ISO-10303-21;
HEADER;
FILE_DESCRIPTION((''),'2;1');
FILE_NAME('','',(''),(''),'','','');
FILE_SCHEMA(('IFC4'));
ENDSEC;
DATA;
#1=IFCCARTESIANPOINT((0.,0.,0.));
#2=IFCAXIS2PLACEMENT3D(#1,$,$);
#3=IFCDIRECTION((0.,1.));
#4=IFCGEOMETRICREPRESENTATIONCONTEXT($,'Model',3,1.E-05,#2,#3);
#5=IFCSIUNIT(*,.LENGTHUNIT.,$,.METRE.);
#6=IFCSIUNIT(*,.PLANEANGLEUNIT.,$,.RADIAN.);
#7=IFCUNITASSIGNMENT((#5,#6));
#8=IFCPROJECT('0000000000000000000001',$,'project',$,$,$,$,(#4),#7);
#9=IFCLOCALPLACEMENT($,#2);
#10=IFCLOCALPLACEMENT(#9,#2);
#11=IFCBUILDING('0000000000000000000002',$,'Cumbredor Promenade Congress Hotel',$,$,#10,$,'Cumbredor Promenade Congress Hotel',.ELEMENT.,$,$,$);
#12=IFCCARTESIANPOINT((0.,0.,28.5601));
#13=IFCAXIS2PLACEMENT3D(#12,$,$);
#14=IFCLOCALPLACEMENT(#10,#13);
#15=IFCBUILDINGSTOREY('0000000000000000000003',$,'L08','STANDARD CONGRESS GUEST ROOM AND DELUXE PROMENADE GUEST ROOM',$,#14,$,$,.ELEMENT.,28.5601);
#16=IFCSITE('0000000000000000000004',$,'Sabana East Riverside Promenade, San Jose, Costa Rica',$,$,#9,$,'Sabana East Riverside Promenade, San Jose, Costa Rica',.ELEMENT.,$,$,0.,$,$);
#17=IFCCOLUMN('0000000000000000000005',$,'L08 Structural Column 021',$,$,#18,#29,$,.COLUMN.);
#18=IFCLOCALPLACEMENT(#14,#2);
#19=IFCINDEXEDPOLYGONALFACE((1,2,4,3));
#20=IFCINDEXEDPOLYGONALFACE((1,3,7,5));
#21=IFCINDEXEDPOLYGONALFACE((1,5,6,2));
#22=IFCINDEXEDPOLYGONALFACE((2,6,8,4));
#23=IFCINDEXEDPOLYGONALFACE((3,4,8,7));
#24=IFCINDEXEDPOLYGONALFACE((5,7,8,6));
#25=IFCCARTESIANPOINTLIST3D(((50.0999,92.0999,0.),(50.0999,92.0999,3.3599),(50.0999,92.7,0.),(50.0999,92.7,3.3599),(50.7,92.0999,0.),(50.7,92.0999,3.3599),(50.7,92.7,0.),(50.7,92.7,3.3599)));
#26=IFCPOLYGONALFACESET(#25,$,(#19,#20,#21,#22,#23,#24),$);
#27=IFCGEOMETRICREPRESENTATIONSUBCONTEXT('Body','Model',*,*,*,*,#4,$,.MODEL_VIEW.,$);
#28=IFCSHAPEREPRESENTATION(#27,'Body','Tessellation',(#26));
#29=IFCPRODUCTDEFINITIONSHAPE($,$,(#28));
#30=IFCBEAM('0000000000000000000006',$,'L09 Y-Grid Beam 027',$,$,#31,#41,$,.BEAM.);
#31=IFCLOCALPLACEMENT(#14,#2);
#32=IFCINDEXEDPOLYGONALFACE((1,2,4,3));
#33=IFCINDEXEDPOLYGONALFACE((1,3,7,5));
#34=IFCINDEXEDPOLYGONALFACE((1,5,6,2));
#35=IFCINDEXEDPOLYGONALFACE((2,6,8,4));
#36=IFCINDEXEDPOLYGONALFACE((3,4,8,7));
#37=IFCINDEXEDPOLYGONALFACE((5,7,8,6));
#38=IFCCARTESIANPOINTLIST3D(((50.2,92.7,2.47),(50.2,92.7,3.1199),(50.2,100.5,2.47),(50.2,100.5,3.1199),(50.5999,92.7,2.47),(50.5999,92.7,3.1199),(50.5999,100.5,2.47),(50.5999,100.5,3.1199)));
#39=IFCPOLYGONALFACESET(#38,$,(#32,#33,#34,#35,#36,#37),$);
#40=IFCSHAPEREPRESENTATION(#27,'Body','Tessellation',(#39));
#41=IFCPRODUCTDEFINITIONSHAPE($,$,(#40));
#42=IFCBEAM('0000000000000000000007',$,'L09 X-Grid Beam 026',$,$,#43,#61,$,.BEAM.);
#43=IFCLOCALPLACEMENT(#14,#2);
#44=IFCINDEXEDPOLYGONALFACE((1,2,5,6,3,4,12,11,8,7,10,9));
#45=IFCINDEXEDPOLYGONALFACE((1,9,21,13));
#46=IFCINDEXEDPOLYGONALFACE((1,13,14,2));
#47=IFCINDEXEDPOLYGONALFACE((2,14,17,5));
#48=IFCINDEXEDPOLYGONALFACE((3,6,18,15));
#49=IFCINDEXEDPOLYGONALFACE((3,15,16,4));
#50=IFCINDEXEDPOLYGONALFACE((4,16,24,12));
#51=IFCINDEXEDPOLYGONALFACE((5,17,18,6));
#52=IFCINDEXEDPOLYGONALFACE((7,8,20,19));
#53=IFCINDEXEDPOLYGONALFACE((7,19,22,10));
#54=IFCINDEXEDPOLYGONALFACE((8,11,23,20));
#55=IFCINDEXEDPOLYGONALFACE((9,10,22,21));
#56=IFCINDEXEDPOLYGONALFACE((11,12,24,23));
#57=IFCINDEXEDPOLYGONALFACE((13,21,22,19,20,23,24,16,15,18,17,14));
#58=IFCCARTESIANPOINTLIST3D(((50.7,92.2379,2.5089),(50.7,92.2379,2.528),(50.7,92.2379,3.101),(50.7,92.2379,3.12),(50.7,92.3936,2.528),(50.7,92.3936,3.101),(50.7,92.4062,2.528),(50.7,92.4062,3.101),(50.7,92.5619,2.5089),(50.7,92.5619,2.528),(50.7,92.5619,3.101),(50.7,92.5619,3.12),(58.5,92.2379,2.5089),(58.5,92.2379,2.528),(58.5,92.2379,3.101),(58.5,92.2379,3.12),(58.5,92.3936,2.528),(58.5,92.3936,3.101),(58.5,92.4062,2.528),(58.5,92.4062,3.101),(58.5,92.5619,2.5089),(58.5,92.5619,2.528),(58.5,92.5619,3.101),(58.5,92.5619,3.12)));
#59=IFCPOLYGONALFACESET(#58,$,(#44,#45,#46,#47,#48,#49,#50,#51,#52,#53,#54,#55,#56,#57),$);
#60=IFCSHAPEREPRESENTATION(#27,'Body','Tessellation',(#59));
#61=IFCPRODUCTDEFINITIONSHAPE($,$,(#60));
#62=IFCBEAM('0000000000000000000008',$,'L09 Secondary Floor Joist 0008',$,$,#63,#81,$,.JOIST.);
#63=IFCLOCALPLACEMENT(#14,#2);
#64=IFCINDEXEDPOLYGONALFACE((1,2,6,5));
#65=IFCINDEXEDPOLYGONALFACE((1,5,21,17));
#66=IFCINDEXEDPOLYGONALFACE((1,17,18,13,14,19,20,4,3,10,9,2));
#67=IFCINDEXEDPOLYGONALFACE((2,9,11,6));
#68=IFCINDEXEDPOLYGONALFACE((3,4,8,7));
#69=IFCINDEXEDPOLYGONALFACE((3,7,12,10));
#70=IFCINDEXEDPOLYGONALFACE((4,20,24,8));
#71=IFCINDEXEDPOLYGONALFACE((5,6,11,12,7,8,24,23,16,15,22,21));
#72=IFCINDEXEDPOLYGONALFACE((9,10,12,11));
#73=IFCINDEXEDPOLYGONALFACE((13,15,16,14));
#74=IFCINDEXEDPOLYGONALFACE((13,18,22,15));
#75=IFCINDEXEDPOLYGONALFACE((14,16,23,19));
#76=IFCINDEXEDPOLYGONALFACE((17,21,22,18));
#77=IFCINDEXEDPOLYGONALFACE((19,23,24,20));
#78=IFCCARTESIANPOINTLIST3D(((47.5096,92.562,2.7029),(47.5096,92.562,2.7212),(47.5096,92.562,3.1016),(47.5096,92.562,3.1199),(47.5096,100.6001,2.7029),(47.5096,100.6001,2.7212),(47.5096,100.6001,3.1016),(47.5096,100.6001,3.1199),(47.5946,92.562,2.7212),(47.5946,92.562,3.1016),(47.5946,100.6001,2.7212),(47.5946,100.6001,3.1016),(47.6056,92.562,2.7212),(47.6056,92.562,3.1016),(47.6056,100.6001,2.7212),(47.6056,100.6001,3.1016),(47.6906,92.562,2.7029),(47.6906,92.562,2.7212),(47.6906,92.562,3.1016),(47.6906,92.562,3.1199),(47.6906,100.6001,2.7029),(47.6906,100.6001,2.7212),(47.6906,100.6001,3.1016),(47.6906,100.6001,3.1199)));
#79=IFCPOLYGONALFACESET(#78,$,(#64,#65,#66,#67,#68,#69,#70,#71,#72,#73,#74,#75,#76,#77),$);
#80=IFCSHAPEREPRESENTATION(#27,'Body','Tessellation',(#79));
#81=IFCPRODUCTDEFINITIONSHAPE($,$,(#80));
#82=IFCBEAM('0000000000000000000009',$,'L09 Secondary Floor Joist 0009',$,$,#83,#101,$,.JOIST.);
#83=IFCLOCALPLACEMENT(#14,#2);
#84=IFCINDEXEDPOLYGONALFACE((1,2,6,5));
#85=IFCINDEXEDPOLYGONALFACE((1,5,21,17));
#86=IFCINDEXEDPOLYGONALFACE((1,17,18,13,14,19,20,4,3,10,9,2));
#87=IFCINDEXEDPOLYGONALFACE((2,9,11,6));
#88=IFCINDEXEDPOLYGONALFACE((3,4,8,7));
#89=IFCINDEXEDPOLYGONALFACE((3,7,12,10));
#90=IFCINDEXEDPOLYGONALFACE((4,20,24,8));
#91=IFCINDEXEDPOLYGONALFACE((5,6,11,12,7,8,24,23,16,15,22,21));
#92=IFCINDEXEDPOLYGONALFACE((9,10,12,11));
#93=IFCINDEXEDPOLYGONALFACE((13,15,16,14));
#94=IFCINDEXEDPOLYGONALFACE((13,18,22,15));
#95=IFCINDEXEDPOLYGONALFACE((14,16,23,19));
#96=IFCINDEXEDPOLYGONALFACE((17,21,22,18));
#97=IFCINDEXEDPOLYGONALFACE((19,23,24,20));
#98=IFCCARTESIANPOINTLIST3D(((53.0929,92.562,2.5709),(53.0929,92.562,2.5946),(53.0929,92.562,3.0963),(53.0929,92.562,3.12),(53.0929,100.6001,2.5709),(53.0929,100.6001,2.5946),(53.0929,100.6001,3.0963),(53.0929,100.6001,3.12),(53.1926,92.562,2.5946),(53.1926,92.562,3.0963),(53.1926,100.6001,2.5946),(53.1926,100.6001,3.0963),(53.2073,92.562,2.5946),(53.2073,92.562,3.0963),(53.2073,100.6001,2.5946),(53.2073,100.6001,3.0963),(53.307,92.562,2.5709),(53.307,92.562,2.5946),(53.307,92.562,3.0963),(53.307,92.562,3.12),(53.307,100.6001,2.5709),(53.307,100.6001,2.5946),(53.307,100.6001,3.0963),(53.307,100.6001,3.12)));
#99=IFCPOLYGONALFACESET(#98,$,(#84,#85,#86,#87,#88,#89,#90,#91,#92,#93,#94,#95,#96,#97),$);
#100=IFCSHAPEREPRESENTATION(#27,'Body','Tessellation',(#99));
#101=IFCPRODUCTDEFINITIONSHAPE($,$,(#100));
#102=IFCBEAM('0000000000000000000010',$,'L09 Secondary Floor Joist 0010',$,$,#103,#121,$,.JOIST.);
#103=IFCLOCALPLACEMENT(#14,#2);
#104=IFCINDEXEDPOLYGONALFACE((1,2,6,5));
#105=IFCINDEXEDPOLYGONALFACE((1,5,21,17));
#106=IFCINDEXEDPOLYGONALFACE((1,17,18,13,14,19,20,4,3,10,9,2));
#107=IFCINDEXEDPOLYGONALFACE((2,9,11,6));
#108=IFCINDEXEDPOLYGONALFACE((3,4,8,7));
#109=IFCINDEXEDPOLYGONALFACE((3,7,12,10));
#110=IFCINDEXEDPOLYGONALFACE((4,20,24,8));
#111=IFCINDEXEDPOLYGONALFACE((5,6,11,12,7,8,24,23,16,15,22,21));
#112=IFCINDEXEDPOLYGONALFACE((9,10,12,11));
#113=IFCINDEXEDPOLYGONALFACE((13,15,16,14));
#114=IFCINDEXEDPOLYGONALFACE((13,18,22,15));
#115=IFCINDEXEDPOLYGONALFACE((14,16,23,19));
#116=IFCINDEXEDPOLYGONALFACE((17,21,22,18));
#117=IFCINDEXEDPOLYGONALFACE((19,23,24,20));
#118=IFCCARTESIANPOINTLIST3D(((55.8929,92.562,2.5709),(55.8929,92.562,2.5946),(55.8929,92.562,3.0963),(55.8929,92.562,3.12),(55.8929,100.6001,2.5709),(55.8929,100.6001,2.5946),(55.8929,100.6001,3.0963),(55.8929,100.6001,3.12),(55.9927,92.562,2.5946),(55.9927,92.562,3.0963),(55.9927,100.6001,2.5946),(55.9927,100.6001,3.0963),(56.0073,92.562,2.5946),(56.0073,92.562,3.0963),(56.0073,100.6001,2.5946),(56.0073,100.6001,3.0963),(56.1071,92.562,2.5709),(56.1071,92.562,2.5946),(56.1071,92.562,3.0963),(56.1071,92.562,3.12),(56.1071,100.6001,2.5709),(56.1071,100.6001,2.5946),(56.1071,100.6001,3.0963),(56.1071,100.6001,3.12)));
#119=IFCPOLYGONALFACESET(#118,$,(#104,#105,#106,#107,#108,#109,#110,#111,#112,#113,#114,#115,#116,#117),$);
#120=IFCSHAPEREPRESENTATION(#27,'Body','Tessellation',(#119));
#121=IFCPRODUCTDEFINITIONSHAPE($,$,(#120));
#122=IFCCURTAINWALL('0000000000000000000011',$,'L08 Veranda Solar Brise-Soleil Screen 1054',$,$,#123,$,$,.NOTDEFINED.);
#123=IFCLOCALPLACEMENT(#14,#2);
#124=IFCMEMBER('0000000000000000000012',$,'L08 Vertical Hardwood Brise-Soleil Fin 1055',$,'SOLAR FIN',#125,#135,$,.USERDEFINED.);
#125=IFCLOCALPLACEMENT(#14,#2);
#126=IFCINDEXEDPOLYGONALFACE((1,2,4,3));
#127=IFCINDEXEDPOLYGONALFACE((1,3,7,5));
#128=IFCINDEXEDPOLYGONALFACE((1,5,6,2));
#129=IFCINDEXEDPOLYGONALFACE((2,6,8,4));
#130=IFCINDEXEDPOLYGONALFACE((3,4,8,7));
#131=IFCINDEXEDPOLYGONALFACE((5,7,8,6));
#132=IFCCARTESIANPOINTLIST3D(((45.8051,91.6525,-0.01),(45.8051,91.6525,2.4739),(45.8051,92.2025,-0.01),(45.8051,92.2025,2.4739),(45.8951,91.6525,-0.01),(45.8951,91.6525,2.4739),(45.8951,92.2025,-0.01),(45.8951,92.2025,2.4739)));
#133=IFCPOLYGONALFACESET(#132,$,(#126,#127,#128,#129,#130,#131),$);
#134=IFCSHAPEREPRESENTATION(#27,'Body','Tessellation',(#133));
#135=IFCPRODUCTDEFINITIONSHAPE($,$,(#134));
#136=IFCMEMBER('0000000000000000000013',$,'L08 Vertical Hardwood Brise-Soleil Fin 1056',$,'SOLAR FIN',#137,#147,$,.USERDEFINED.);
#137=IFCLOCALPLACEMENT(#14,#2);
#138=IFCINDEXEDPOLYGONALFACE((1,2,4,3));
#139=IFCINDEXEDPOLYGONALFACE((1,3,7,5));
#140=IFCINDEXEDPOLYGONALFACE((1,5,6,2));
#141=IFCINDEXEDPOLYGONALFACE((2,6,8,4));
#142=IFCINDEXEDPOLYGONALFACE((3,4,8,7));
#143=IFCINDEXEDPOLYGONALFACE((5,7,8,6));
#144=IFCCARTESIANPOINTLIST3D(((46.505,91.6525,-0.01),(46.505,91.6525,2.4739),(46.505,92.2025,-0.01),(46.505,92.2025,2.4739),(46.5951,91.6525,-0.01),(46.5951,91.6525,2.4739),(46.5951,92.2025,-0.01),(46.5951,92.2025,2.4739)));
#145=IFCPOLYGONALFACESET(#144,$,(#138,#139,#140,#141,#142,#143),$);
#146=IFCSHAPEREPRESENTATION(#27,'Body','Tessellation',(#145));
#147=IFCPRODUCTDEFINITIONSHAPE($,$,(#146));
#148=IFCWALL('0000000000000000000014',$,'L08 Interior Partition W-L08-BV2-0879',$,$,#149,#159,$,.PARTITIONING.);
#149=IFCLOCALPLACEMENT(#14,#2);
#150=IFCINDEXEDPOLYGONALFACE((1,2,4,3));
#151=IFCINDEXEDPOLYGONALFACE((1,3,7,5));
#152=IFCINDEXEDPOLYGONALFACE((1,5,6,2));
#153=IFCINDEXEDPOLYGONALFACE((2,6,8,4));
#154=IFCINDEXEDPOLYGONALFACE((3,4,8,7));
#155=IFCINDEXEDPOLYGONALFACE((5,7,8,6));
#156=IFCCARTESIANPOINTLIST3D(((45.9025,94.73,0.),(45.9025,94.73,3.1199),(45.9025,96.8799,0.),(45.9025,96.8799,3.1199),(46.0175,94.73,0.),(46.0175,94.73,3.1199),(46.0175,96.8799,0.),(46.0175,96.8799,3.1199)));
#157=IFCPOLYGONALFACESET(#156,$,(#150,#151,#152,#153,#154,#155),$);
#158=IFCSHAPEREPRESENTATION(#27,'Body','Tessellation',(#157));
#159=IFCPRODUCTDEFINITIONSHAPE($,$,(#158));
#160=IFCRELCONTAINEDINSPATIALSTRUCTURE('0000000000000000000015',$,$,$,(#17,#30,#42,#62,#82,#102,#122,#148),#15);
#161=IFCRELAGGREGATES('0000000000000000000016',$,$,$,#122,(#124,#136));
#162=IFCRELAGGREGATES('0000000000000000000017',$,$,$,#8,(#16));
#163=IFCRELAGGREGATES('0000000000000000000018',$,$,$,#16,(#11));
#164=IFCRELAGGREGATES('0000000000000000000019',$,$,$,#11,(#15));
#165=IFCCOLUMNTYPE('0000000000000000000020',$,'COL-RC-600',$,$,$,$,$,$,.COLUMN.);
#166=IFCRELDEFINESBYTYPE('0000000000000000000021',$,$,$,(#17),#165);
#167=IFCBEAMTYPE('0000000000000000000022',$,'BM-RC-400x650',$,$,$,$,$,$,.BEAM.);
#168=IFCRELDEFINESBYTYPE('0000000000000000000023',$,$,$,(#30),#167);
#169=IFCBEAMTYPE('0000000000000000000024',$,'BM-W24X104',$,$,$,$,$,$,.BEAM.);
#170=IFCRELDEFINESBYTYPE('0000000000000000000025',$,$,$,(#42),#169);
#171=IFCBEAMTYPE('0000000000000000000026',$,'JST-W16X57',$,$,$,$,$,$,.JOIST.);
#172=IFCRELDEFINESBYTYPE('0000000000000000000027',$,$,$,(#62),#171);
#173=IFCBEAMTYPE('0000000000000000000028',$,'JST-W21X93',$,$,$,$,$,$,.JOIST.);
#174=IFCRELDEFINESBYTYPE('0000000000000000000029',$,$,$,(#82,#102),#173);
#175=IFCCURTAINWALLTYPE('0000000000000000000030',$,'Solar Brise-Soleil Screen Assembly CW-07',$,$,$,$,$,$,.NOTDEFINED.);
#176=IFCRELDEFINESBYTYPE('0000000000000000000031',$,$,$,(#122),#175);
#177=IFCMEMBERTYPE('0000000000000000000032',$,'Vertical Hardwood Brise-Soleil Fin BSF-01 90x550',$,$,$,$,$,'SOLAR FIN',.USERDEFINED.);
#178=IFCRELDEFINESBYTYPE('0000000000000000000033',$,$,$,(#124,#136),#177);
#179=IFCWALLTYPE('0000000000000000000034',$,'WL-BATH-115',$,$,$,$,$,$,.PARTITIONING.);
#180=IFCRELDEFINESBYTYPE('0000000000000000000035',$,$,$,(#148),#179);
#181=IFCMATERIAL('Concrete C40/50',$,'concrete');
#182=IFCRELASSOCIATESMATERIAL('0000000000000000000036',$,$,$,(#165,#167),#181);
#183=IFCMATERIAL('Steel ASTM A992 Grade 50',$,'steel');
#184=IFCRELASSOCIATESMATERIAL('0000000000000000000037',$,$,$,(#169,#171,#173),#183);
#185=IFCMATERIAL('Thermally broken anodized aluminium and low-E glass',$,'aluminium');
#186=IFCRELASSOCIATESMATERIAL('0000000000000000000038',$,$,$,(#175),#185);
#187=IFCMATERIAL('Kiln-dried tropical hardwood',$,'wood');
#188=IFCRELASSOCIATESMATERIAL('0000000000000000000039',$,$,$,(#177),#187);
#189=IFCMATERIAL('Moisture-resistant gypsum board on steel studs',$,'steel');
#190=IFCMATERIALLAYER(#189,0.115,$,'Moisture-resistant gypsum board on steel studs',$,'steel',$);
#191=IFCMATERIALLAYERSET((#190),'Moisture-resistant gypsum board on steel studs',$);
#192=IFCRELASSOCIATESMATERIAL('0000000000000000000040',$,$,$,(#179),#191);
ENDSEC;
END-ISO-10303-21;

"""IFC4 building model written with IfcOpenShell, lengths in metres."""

from ifc_helpers import new_model, si_unit, direction, frame, frame_2d, origin, origin_2d, place, context, subcontext, project, spatial, rectangle, i_section, extrude, material, layer, layer_set, material_profile, profile_set, type_object, element, aggregate, save


model = new_model("IFC4")

# Units and contexts
model_context = context("Model", 3, precision=1e-05, world=origin(), true_north=direction((0.0, 1.0)))
body_context = subcontext(model_context, "Body", "Model", "MODEL_VIEW")
ifc_project = project(units=[si_unit("LENGTHUNIT", "METRE"), si_unit("PLANEANGLEUNIT", "RADIAN")], contexts=[model_context])

# Site, building, storey
site_placement = place(None, origin())
site = spatial("IfcSite", under=ifc_project, at=site_placement, Name="Sabana East Riverside Promenade, San Jose, Costa Rica", LongName="Sabana East Riverside Promenade, San Jose, Costa Rica", CompositionType="ELEMENT", RefElevation=0.0)
building_placement = place(site_placement, origin())
building = spatial("IfcBuilding", under=site, at=building_placement, Name="Cumbredor Promenade Congress Hotel", LongName="Cumbredor Promenade Congress Hotel", CompositionType="ELEMENT")
storey_placement = place(building_placement, frame((0.0, 0.0, 28.5601)))
storey = spatial("IfcBuildingStorey", under=building, at=storey_placement, Name="L08", Description="STANDARD CONGRESS GUEST ROOM AND DELUXE PROMENADE GUEST ROOM", CompositionType="ELEMENT", Elevation=28.5601)

# Column
ifc_material_1 = material(Name="Concrete C40/50", Category="concrete")
ifc_material_profile_1 = material_profile(ifc_material_1, rectangle(XDim=0.6001, YDim=0.6001, at=origin_2d()), Name="RC 600x600")
ifc_profile_set_1 = profile_set([ifc_material_profile_1], Name="Concrete C40/50")
column_type = type_object("IfcColumnType", Name="COL-RC-600", PredefinedType="COLUMN", material=ifc_profile_set_1)
column_placement = place(storey_placement, frame((50.3999, 92.3999, 0.0), z_axis=(0.0, 0.0, 1.0), x_axis=(1.0, 0.0, 0.0)))
element("IfcColumn", 1, at=column_placement, inside=storey, type_object=column_type, Name="L08 Structural Column 021", PredefinedType="COLUMN", context=body_context, shape_type="SweptSolid", body=[
    extrude(rectangle(XDim=0.6001, YDim=0.6001, at=origin_2d()), origin(), (0.0, 0.0, 1.0), 3.3599),
])

# Beams
ifc_material_profile_2 = material_profile(ifc_material_1, rectangle(XDim=0.3999, YDim=0.6499, at=origin_2d()), Name="RC BEAM 400x650")
ifc_profile_set_2 = profile_set([ifc_material_profile_2], Name="Concrete C40/50")
beam_type_1 = type_object("IfcBeamType", Name="BM-RC-400x650", PredefinedType="BEAM", material=ifc_profile_set_2)
beam_1_placement = place(storey_placement, frame((50.3999, 92.7, 2.7949), z_axis=(0.0, 1.0, 0.0), x_axis=(-1.0, 0.0, 0.0)))
element("IfcBeam", 2, at=beam_1_placement, inside=storey, type_object=beam_type_1, Name="L09 Y-Grid Beam 027", PredefinedType="BEAM", context=body_context, shape_type="SweptSolid", body=[
    extrude(rectangle(XDim=0.3999, YDim=0.6499, at=origin_2d()), origin(), (0.0, 0.0, 1.0), 7.8),
])
ifc_material_2 = material(Name="Steel ASTM A992 Grade 50", Category="steel")
ifc_material_profile_3 = material_profile(ifc_material_2, i_section(OverallWidth=0.324, OverallDepth=0.6111, WebThickness=0.0127, FlangeThickness=0.019, at=origin_2d()), Name="W24X104")
ifc_profile_set_3 = profile_set([ifc_material_profile_3], Name="Steel ASTM A992 Grade 50")
beam_type_2 = type_object("IfcBeamType", Name="BM-W24X104", PredefinedType="BEAM", material=ifc_profile_set_3)
beam_2_placement = place(storey_placement, frame((50.7, 92.3999, 2.8145), z_axis=(1.0, 0.0, 0.0), x_axis=(0.0, 1.0, 0.0)))
element("IfcBeam", 3, at=beam_2_placement, inside=storey, type_object=beam_type_2, Name="L09 X-Grid Beam 026", PredefinedType="BEAM", context=body_context, shape_type="SweptSolid", body=[
    extrude(i_section(OverallWidth=0.324, OverallDepth=0.6111, WebThickness=0.0127, FlangeThickness=0.019, at=origin_2d()), origin(), (0.0, 0.0, 1.0), 7.8),
])
ifc_material_profile_4 = material_profile(ifc_material_2, i_section(OverallWidth=0.1809, OverallDepth=0.417, WebThickness=0.011, FlangeThickness=0.0183, at=origin_2d()), Name="W16X57")
ifc_profile_set_4 = profile_set([ifc_material_profile_4], Name="Steel ASTM A992 Grade 50")
beam_type_3 = type_object("IfcBeamType", Name="JST-W16X57", PredefinedType="JOIST", material=ifc_profile_set_4)
beam_3_placement = place(storey_placement, frame((47.6001, 92.562, 2.9114), z_axis=(0.0, 1.0, 0.0), x_axis=(-1.0, 0.0, 0.0)))
element("IfcBeam", 4, at=beam_3_placement, inside=storey, type_object=beam_type_3, Name="L09 Secondary Floor Joist 0008", PredefinedType="JOIST", context=body_context, shape_type="SweptSolid", body=[
    extrude(i_section(OverallWidth=0.1809, OverallDepth=0.417, WebThickness=0.011, FlangeThickness=0.0183, at=origin_2d()), origin(), (0.0, 0.0, 1.0), 8.0381),
])
ifc_material_profile_5 = material_profile(ifc_material_2, i_section(OverallWidth=0.2141, OverallDepth=0.5491, WebThickness=0.0146, FlangeThickness=0.0237, at=origin_2d()), Name="W21X93")
ifc_profile_set_5 = profile_set([ifc_material_profile_5], Name="Steel ASTM A992 Grade 50")
beam_type_4 = type_object("IfcBeamType", Name="JST-W21X93", PredefinedType="JOIST", material=ifc_profile_set_5)
for number, where, z_axis, x_axis, name in (
    (5, (53.2, 92.562, 2.8455), (0.0, 1.0, 0.0), (-1.0, 0.0, 0.0), "L09 Secondary Floor Joist 0009"),
    (6, (56.0, 92.562, 2.8455), (0.0, 1.0, 0.0), (-1.0, 0.0, 0.0), "L09 Secondary Floor Joist 0010"),
):
    element("IfcBeam", number, at=place(storey_placement, frame(where, z_axis=z_axis, x_axis=x_axis)), inside=storey, type_object=beam_type_4, Name=name, PredefinedType="JOIST", context=body_context, shape_type="SweptSolid", body=[
        extrude(i_section(OverallWidth=0.2141, OverallDepth=0.5491, WebThickness=0.0146, FlangeThickness=0.0237, at=origin_2d()), origin(), (0.0, 0.0, 1.0), 8.0381),
    ])

# Curtain wall, members
ifc_material_3 = material(Name="Thermally broken anodized aluminium and low-E glass", Category="aluminium")
curtain_wall_type = type_object("IfcCurtainWallType", Name="Solar Brise-Soleil Screen Assembly CW-07", PredefinedType="NOTDEFINED", material=ifc_material_3)
curtain_wall_placement = place(storey_placement, origin())
curtain_wall = element("IfcCurtainWall", 7, at=curtain_wall_placement, inside=storey, type_object=curtain_wall_type, Name="L08 Veranda Solar Brise-Soleil Screen 1054", PredefinedType="NOTDEFINED")
ifc_material_4 = material(Name="Kiln-dried tropical hardwood", Category="wood")
ifc_material_profile_6 = material_profile(ifc_material_4, rectangle(XDim=0.0901, YDim=0.55, at=origin_2d()), Name="ARCH FIN 90x550")
ifc_profile_set_6 = profile_set([ifc_material_profile_6], Name="Kiln-dried tropical hardwood")
member_type = type_object("IfcMemberType", Name="Vertical Hardwood Brise-Soleil Fin BSF-01 90x550", ElementType="SOLAR FIN", PredefinedType="USERDEFINED", material=ifc_profile_set_6)
member_1_placement = place(storey_placement, frame((45.8501, 91.9275, -0.01), z_axis=(0.0, 0.0, 1.0), x_axis=(1.0, 0.0, 0.0)))
member_1 = element("IfcMember", 8, at=member_1_placement, type_object=member_type, Name="L08 Vertical Hardwood Brise-Soleil Fin 1055", ObjectType="SOLAR FIN", PredefinedType="USERDEFINED", context=body_context, shape_type="SweptSolid", body=[
    extrude(rectangle(XDim=0.0901, YDim=0.55, at=origin_2d()), origin(), (0.0, 0.0, 1.0), 2.4839),
])
member_2_placement = place(storey_placement, frame((46.55, 91.9275, -0.01), z_axis=(0.0, 0.0, 1.0), x_axis=(1.0, 0.0, 0.0)))
member_2 = element("IfcMember", 9, at=member_2_placement, type_object=member_type, Name="L08 Vertical Hardwood Brise-Soleil Fin 1056", ObjectType="SOLAR FIN", PredefinedType="USERDEFINED", context=body_context, shape_type="SweptSolid", body=[
    extrude(rectangle(XDim=0.0901, YDim=0.55, at=origin_2d()), origin(), (0.0, 0.0, 1.0), 2.4839),
])
aggregate(curtain_wall, [member_1, member_2])

# Wall
ifc_material_5 = material(Name="Moisture-resistant gypsum board on steel studs", Category="steel")
ifc_layer_1 = layer(ifc_material_5, 0.115, Name="Moisture-resistant gypsum board on steel studs", Category="steel")
ifc_layer_set_1 = layer_set([ifc_layer_1], Name="Moisture-resistant gypsum board on steel studs")
wall_type_1 = type_object("IfcWallType", Name="WL-BATH-115", PredefinedType="PARTITIONING", material=ifc_layer_set_1)
wall_1_placement = place(storey_placement, frame((45.96, 94.73, 0.0), z_axis=(0.0, 0.0, 1.0), x_axis=(0.0, 1.0, 0.0)))
element("IfcWall", 10, at=wall_1_placement, inside=storey, type_object=wall_type_1, Name="L08 Interior Partition W-L08-BV2-0879", PredefinedType="PARTITIONING", context=body_context, shape_type="SweptSolid", body=[
    extrude(rectangle(XDim=2.1499, YDim=0.115, at=frame_2d((1.075, 0.0))), origin(), (0.0, 0.0, 1.0), 3.1199),
])

save(model, "model.ifc")
